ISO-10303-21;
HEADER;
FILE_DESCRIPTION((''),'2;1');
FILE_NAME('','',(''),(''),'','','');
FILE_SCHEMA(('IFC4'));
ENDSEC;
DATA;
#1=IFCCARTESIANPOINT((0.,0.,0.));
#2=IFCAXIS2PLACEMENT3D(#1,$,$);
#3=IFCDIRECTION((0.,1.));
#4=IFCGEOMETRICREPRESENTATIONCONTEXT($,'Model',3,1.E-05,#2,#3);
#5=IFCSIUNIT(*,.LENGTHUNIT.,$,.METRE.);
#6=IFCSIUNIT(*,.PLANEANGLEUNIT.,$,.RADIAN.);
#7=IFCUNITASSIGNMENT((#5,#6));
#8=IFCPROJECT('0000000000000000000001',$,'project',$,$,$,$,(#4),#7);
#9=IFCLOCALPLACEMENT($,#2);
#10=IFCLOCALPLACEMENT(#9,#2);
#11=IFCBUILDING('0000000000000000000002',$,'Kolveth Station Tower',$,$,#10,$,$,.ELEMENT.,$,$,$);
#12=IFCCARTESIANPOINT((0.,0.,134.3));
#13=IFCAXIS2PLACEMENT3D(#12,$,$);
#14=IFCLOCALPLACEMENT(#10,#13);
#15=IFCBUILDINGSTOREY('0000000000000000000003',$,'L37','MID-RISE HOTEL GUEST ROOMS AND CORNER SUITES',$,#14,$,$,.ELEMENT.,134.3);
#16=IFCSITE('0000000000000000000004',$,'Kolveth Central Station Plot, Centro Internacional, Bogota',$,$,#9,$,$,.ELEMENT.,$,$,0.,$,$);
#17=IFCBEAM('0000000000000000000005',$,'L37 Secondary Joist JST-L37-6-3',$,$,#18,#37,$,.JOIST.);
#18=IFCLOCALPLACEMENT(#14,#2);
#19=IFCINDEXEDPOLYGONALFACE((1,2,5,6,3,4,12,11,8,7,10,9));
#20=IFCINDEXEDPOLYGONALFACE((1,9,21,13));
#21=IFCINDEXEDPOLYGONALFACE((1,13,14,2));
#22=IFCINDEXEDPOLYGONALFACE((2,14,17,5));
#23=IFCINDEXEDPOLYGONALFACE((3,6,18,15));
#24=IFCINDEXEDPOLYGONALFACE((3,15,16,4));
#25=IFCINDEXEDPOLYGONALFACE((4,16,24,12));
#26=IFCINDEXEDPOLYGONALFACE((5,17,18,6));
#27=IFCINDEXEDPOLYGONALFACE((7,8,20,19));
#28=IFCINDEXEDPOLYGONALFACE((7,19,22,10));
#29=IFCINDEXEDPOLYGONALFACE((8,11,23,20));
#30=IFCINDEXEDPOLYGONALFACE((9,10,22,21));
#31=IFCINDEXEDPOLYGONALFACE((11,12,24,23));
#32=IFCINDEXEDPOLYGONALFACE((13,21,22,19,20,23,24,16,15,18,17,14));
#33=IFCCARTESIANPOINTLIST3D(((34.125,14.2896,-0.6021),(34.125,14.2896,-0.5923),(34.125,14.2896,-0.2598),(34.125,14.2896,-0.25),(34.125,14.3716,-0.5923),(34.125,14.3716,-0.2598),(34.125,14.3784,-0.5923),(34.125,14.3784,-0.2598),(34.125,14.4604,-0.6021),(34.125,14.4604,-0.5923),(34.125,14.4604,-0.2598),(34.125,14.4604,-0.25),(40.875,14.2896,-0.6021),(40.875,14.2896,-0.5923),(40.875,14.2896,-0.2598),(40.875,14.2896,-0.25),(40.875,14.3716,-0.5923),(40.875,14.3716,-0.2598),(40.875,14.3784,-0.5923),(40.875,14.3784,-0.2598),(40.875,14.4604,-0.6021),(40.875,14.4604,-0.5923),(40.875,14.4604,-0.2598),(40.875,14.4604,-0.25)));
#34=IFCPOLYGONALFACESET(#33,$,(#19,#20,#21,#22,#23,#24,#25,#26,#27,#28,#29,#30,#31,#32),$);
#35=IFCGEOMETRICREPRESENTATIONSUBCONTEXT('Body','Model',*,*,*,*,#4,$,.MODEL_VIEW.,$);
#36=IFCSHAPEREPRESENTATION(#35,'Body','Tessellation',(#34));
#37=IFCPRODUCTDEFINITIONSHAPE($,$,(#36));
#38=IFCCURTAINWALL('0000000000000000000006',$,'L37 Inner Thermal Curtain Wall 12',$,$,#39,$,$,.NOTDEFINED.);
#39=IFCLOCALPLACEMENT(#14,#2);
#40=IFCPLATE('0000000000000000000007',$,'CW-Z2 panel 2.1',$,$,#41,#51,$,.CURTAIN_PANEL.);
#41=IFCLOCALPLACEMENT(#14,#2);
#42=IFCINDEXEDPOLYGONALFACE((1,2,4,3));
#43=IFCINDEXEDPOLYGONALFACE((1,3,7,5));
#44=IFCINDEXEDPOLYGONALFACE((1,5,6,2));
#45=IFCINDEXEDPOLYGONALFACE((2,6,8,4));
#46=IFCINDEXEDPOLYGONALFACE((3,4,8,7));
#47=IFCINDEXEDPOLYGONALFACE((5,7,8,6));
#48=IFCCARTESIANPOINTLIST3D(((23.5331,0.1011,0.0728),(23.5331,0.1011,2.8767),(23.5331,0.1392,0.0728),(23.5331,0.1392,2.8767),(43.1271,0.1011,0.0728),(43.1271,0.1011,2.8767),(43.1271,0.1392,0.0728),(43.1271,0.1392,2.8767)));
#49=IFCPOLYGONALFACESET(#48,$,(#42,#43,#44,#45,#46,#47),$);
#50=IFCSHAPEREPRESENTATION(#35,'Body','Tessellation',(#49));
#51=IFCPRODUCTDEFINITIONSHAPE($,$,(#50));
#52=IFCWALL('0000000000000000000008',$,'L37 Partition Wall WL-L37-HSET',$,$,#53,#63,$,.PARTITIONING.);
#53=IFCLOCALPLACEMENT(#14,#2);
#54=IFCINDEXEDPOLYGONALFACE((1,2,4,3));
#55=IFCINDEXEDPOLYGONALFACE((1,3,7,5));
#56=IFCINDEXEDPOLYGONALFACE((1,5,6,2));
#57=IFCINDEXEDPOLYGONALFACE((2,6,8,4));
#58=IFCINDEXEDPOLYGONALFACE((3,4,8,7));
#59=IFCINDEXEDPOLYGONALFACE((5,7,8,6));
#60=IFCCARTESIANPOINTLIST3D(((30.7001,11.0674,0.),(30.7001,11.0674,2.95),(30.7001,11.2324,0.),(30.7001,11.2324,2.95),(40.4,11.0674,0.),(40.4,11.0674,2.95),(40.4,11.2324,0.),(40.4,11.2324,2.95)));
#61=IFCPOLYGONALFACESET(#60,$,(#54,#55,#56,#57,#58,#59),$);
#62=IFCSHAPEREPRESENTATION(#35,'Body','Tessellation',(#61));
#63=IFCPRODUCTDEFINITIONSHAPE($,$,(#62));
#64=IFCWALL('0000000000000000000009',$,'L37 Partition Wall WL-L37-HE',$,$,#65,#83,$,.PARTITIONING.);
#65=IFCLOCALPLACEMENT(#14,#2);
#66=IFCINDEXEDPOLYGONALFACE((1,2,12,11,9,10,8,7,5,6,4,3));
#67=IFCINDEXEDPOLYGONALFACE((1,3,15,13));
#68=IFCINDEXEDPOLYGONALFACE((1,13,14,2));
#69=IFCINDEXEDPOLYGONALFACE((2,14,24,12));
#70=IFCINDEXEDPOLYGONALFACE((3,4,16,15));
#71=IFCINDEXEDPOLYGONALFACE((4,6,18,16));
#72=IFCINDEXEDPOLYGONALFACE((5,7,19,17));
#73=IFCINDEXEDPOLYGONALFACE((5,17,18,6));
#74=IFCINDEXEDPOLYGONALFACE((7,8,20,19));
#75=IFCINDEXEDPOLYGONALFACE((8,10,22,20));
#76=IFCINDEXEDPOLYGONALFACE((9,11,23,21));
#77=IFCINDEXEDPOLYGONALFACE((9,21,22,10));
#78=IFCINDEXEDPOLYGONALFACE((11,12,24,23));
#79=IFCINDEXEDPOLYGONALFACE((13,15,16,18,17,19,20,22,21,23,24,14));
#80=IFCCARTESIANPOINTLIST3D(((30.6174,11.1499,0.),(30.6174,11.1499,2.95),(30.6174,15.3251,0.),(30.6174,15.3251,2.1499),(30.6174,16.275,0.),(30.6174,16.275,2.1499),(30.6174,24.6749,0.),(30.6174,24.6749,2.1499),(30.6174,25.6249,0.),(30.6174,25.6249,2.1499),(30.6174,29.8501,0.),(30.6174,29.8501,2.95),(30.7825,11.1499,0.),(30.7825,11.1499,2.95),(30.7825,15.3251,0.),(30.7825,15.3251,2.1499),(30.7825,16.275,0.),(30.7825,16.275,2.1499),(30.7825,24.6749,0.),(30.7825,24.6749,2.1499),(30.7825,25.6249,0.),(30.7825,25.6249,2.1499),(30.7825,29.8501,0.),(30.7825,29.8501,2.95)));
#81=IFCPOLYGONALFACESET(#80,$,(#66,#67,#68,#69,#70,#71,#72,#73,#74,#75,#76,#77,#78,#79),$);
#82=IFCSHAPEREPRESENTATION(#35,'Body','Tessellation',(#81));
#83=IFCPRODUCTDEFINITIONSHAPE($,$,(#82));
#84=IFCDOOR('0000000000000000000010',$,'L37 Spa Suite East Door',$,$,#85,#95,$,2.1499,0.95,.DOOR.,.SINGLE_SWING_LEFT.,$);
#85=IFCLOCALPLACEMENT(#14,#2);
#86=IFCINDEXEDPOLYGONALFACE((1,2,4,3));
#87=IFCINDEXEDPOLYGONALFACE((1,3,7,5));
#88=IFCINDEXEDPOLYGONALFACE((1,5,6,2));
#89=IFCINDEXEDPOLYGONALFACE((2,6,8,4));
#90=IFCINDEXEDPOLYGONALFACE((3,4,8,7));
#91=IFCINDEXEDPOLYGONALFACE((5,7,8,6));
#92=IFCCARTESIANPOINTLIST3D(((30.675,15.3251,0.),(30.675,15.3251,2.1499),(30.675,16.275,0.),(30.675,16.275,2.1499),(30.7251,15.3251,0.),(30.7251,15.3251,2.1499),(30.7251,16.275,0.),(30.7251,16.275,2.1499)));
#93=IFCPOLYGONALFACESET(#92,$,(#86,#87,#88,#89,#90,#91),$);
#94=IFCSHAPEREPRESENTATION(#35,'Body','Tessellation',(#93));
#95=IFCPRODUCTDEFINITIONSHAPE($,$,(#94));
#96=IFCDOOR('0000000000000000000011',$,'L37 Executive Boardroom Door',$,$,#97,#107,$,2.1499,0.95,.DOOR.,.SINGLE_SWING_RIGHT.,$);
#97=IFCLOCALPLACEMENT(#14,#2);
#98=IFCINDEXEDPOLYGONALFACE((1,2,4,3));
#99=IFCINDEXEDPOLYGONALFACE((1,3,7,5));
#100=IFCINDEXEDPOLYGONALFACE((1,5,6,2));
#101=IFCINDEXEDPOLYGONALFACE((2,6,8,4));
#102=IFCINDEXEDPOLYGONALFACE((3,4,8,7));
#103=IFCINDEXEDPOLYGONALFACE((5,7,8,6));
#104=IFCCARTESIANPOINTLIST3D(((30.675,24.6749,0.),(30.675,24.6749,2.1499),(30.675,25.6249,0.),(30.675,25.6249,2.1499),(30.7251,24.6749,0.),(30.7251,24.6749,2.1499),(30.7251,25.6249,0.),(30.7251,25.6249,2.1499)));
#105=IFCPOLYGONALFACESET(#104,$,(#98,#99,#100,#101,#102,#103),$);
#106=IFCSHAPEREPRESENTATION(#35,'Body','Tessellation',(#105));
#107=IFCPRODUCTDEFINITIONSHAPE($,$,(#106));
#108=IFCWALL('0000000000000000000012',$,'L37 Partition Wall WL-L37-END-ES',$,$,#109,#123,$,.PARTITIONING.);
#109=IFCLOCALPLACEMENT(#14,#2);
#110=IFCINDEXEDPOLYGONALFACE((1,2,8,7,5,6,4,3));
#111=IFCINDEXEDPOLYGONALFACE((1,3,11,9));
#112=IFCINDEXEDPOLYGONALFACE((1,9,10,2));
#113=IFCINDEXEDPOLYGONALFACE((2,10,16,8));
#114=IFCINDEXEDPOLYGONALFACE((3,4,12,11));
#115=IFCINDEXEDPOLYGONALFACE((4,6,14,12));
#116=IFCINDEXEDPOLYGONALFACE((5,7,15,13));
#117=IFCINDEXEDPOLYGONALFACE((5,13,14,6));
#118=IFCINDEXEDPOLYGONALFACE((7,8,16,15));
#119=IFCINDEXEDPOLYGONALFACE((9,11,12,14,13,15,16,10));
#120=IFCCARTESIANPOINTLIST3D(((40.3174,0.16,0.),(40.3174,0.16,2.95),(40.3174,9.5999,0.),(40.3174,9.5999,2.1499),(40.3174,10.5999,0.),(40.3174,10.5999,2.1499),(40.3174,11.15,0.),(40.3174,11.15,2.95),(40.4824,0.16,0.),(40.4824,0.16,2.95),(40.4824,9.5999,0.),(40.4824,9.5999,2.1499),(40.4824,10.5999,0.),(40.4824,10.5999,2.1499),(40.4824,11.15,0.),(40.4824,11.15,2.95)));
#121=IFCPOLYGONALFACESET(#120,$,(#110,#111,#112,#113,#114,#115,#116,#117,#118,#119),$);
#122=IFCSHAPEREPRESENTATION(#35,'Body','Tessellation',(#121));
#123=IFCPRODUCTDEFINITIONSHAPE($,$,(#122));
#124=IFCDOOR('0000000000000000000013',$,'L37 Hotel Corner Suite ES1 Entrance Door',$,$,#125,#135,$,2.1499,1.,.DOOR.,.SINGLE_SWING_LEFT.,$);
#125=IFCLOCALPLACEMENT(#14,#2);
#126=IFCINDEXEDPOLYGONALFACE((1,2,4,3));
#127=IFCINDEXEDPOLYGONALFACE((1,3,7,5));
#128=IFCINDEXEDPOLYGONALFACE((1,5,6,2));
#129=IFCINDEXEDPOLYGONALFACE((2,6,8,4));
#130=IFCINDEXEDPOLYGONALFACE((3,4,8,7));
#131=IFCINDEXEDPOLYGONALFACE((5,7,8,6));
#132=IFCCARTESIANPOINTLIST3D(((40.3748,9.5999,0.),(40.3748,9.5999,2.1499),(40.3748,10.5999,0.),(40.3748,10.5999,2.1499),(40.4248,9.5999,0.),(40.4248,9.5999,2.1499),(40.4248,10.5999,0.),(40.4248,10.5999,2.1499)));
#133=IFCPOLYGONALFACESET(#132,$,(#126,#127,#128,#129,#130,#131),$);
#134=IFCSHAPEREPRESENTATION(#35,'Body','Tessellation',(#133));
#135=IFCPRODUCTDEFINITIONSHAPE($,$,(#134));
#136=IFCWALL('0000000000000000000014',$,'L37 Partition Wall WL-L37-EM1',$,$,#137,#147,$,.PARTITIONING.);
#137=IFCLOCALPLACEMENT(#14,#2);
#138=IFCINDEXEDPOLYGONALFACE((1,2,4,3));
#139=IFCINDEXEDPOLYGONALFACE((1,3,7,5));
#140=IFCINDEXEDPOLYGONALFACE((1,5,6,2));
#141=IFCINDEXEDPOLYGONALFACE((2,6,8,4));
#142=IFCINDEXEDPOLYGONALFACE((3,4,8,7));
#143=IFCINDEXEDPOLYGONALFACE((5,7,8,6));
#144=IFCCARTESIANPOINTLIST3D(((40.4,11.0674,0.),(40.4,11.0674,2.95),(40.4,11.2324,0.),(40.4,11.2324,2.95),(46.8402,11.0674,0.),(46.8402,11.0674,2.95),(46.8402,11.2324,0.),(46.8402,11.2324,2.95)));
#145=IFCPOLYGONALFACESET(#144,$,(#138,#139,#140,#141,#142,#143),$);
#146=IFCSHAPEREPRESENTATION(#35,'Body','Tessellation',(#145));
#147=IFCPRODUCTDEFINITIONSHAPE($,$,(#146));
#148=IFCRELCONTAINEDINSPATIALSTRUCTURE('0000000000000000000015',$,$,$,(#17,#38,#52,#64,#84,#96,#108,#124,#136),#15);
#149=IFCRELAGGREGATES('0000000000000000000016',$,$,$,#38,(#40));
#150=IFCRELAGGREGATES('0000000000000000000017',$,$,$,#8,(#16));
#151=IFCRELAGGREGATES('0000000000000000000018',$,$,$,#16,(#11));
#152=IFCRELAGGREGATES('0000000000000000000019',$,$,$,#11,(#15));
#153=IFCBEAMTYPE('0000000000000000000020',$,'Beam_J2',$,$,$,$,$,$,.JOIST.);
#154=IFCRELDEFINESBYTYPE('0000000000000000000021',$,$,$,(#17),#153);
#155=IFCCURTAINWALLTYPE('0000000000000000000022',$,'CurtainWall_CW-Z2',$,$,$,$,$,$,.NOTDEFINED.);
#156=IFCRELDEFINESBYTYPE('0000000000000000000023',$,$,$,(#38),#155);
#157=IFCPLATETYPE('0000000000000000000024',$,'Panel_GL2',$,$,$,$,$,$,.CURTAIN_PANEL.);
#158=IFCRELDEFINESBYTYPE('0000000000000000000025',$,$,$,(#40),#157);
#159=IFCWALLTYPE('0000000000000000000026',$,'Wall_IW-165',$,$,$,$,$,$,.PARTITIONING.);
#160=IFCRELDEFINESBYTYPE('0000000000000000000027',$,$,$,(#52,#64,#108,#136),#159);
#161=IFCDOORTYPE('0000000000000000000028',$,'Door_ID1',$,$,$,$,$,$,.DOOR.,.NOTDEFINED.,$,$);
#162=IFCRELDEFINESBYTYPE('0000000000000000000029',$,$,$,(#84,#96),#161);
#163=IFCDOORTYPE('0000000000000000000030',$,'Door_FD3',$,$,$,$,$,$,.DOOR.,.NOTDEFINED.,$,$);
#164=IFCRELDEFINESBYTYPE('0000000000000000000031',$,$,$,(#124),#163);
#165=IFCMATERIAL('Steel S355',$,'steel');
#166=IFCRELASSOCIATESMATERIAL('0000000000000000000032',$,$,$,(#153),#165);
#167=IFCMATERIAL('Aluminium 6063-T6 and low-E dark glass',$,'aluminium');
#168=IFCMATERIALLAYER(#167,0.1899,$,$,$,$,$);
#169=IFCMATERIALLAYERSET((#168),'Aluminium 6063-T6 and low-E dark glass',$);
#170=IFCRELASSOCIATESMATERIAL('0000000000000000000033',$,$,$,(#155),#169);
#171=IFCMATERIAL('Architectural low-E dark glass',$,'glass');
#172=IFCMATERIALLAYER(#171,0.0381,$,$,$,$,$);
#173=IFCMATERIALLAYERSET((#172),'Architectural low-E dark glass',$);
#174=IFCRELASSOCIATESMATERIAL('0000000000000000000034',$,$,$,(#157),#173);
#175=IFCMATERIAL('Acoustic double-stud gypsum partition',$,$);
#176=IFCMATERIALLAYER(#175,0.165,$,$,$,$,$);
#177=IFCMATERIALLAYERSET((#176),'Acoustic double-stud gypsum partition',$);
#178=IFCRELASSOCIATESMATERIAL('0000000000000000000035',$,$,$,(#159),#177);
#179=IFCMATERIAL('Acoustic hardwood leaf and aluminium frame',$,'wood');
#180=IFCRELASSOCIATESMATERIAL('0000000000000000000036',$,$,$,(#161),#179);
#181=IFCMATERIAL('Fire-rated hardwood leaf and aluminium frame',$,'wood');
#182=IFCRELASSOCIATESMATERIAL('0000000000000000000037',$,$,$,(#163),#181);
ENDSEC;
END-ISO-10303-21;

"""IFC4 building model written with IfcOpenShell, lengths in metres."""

from ifc_helpers import new_model, si_unit, direction, frame, frame_2d, origin, origin_2d, place, context, subcontext, project, spatial, rectangle, i_section, extrude, source, transform, mapped, material, layer, layer_set, material_profile, profile_set, type_object, element, fill, aggregate, save


model = new_model("IFC4")

# Units and contexts
model_context = context("Model", 3, precision=1e-05, world=origin(), true_north=direction((0.0, 1.0)))
body_context = subcontext(model_context, "Body", "Model", "MODEL_VIEW")
ifc_project = project(units=[si_unit("LENGTHUNIT", "METRE"), si_unit("PLANEANGLEUNIT", "RADIAN")], contexts=[model_context])

# Site, building, storey
site_placement = place(None, origin())
site = spatial("IfcSite", under=ifc_project, at=site_placement, Name="Kolveth Central Station Plot, Centro Internacional, Bogota", CompositionType="ELEMENT", RefElevation=0.0)
building_placement = place(site_placement, origin())
building = spatial("IfcBuilding", under=site, at=building_placement, Name="Kolveth Station Tower", CompositionType="ELEMENT")
storey_placement = place(building_placement, frame((0.0, 0.0, 134.3)))
storey = spatial("IfcBuildingStorey", under=building, at=storey_placement, Name="L37", Description="MID-RISE HOTEL GUEST ROOMS AND CORNER SUITES", CompositionType="ELEMENT", Elevation=134.3)

# Beam
ifc_material_1 = material(Name="Steel S355", Category="steel")
ifc_material_profile_1 = material_profile(ifc_material_1, i_section(OverallWidth=0.1709, OverallDepth=0.3521, WebThickness=0.0068, FlangeThickness=0.0098, at=origin_2d()), Name="W360x44")
ifc_profile_set_1 = profile_set([ifc_material_profile_1], Name="Steel S355")
beam_type_1 = type_object("IfcBeamType", Name="Beam_J2", PredefinedType="JOIST", material=ifc_profile_set_1)
shared_shape_1 = source(origin(), body_context, "Body", "SweptSolid", [
    extrude(i_section(OverallWidth=0.1709, OverallDepth=0.3521, WebThickness=0.0068, FlangeThickness=0.0098, at=origin_2d()), origin(), (0.0, 0.0, 1.0), 6.75),
])
for number, where, z_axis, x_axis, name in (
    (1, (34.125, 14.375, -0.426), (1.0, 0.0, 0.0), (0.0, 1.0, 0.0), "L37 Secondary Joist JST-L37-6-3"),
):
    element("IfcBeam", number, at=place(storey_placement, frame(where, z_axis=z_axis, x_axis=x_axis)), inside=storey, type_object=beam_type_1, Name=name, PredefinedType="JOIST", context=body_context, shape_type="MappedRepresentation", body=[
        mapped(shared_shape_1, transform((0.0, 0.0, 0.0), x_axis=(1.0, 0.0, 0.0), y_axis=(0.0, 1.0, 0.0), z_axis=(0.0, 0.0, 1.0), scale=1.0)),
    ])

# Curtain wall, plate
ifc_material_2 = material(Name="Aluminium 6063-T6 and low-E dark glass", Category="aluminium")
ifc_layer_1 = layer(ifc_material_2, 0.1899)
ifc_layer_set_1 = layer_set([ifc_layer_1], Name="Aluminium 6063-T6 and low-E dark glass")
curtain_wall_type = type_object("IfcCurtainWallType", Name="CurtainWall_CW-Z2", PredefinedType="NOTDEFINED", material=ifc_layer_set_1)
curtain_wall_placement = place(storey_placement, origin())
curtain_wall = element("IfcCurtainWall", 2, at=curtain_wall_placement, inside=storey, type_object=curtain_wall_type, Name="L37 Inner Thermal Curtain Wall 12", PredefinedType="NOTDEFINED")
ifc_material_3 = material(Name="Architectural low-E dark glass", Category="glass")
ifc_layer_2 = layer(ifc_material_3, 0.0381)
ifc_layer_set_2 = layer_set([ifc_layer_2], Name="Architectural low-E dark glass")
plate_type = type_object("IfcPlateType", Name="Panel_GL2", PredefinedType="CURTAIN_PANEL", material=ifc_layer_set_2)
shared_shape_2 = source(origin(), body_context, "Body", "SweptSolid", [
    extrude(rectangle(XDim=19.594, YDim=0.0381, at=origin_2d()), origin(), (0.0, 0.0, 1.0), 2.804),
])
plate_placement = place(storey_placement, frame((33.3301, 0.1201, 0.0728), z_axis=(0.0, 0.0, 1.0), x_axis=(1.0, 0.0, 0.0)))
plate = element("IfcPlate", 3, at=plate_placement, type_object=plate_type, Name="CW-Z2 panel 2.1", PredefinedType="CURTAIN_PANEL", context=body_context, shape_type="MappedRepresentation", body=[
    mapped(shared_shape_2, transform((0.0, 0.0, 0.0), x_axis=(1.0, 0.0, 0.0), y_axis=(0.0, 1.0, 0.0), z_axis=(0.0, 0.0, 1.0), scale=1.0)),
])
aggregate(curtain_wall, [plate])

# Wall
ifc_material_4 = material(Name="Acoustic double-stud gypsum partition")
ifc_layer_3 = layer(ifc_material_4, 0.165)
ifc_layer_set_3 = layer_set([ifc_layer_3], Name="Acoustic double-stud gypsum partition")
wall_type = type_object("IfcWallType", Name="Wall_IW-165", PredefinedType="PARTITIONING", material=ifc_layer_set_3)
wall_1_placement = place(storey_placement, frame((30.7, 11.1499, 0.0), z_axis=(0.0, 0.0, 1.0), x_axis=(1.0, 0.0, 0.0)))
element("IfcWall", 4, at=wall_1_placement, inside=storey, type_object=wall_type, Name="L37 Partition Wall WL-L37-HSET", PredefinedType="PARTITIONING", context=body_context, shape_type="SweptSolid", body=[
    extrude(rectangle(XDim=9.7, YDim=0.165, at=frame_2d((4.8501, 0.0))), origin(), (0.0, 0.0, 1.0), 2.95),
])

# Wall, openings, doors
wall_2_placement = place(storey_placement, frame((30.7, 11.1499, 0.0), z_axis=(0.0, 0.0, 1.0), x_axis=(0.0, 1.0, 0.0)))
wall_2 = element("IfcWall", 5, at=wall_2_placement, inside=storey, type_object=wall_type, Name="L37 Partition Wall WL-L37-HE", PredefinedType="PARTITIONING", context=body_context, shape_type="SweptSolid", body=[
    extrude(rectangle(XDim=18.7002, YDim=0.165, at=frame_2d((9.3501, 0.0))), origin(), (0.0, 0.0, 1.0), 2.95),
])
opening_1_placement = place(wall_2_placement, frame((4.175, 0.0, 0.0)))
opening_1 = element("IfcOpeningElement", 6, at=opening_1_placement, cuts=wall_2, PredefinedType="OPENING", context=body_context, shape_type="SweptSolid", body=[
    extrude(rectangle(XDim=0.95, YDim=2.1499, at=frame_2d((0.4751, 1.075))), frame((0.0, 0.0925, 0.0), z_axis=(0.0, -1.0, 0.0), x_axis=(1.0, 0.0, 0.0)), (0.0, 0.0, 1.0), 0.1851),
])
opening_2_placement = place(wall_2_placement, frame((13.5249, 0.0, 0.0)))
opening_2 = element("IfcOpeningElement", 7, at=opening_2_placement, cuts=wall_2, PredefinedType="OPENING", context=body_context, shape_type="SweptSolid", body=[
    extrude(rectangle(XDim=0.95, YDim=2.1499, at=frame_2d((0.4751, 1.075))), frame((0.0, 0.0925, 0.0), z_axis=(0.0, -1.0, 0.0), x_axis=(1.0, 0.0, 0.0)), (0.0, 0.0, 1.0), 0.1851),
])
ifc_material_5 = material(Name="Acoustic hardwood leaf and aluminium frame", Category="wood")
door_type_1 = type_object("IfcDoorType", Name="Door_ID1", OperationType="NOTDEFINED", PredefinedType="DOOR", material=ifc_material_5)
door_1_placement = place(opening_1_placement, origin())
door_1 = element("IfcDoor", 8, at=door_1_placement, inside=storey, type_object=door_type_1, Name="L37 Spa Suite East Door", OperationType="SINGLE_SWING_LEFT", OverallHeight=2.1499, OverallWidth=0.95, PredefinedType="DOOR", context=body_context, shape_type="SweptSolid", body=[
    extrude(rectangle(XDim=0.95, YDim=2.1499, at=frame_2d((0.4751, 1.075))), frame((0.0, 0.0249, 0.0), z_axis=(0.0, -1.0, 0.0), x_axis=(1.0, 0.0, 0.0)), (0.0, 0.0, 1.0), 0.05),
])
fill(opening_1, door_1)
door_2_placement = place(opening_2_placement, origin())
door_2 = element("IfcDoor", 9, at=door_2_placement, inside=storey, type_object=door_type_1, Name="L37 Executive Boardroom Door", OperationType="SINGLE_SWING_RIGHT", OverallHeight=2.1499, OverallWidth=0.95, PredefinedType="DOOR", context=body_context, shape_type="SweptSolid", body=[
    extrude(rectangle(XDim=0.95, YDim=2.1499, at=frame_2d((0.4751, 1.075))), frame((0.0, 0.0249, 0.0), z_axis=(0.0, -1.0, 0.0), x_axis=(1.0, 0.0, 0.0)), (0.0, 0.0, 1.0), 0.05),
])
fill(opening_2, door_2)

# Wall, opening, door
wall_3_placement = place(storey_placement, frame((40.3999, 0.1599, 0.0), z_axis=(0.0, 0.0, 1.0), x_axis=(0.0, 1.0, 0.0)))
wall_3 = element("IfcWall", 10, at=wall_3_placement, inside=storey, type_object=wall_type, Name="L37 Partition Wall WL-L37-END-ES", PredefinedType="PARTITIONING", context=body_context, shape_type="SweptSolid", body=[
    extrude(rectangle(XDim=10.99, YDim=0.165, at=frame_2d((5.4951, 0.0))), origin(), (0.0, 0.0, 1.0), 2.95),
])
opening_3_placement = place(wall_3_placement, frame((9.4399, 0.0, 0.0)))
opening_3 = element("IfcOpeningElement", 11, at=opening_3_placement, cuts=wall_3, PredefinedType="OPENING", context=body_context, shape_type="SweptSolid", body=[
    extrude(rectangle(XDim=1.0, YDim=2.1499, at=frame_2d((0.5, 1.075))), frame((0.0, 0.0925, 0.0), z_axis=(0.0, -1.0, 0.0), x_axis=(1.0, 0.0, 0.0)), (0.0, 0.0, 1.0), 0.1851),
])
ifc_material_6 = material(Name="Fire-rated hardwood leaf and aluminium frame", Category="wood")
door_type_2 = type_object("IfcDoorType", Name="Door_FD3", OperationType="NOTDEFINED", PredefinedType="DOOR", material=ifc_material_6)
door_3_placement = place(opening_3_placement, frame((1.0, 0.0, 0.0), z_axis=(0.0, 0.0, 1.0), x_axis=(-1.0, 0.0, 0.0)))
door_3 = element("IfcDoor", 12, at=door_3_placement, inside=storey, type_object=door_type_2, Name="L37 Hotel Corner Suite ES1 Entrance Door", OperationType="SINGLE_SWING_LEFT", OverallHeight=2.1499, OverallWidth=1.0, PredefinedType="DOOR", context=body_context, shape_type="SweptSolid", body=[
    extrude(rectangle(XDim=1.0, YDim=2.1499, at=frame_2d((0.5, 1.075))), frame((0.0, 0.0249, 0.0), z_axis=(0.0, -1.0, 0.0), x_axis=(1.0, 0.0, 0.0)), (0.0, 0.0, 1.0), 0.05),
])
fill(opening_3, door_3)

# Wall
wall_4_placement = place(storey_placement, frame((40.3999, 11.1499, 0.0), z_axis=(0.0, 0.0, 1.0), x_axis=(1.0, 0.0, 0.0)))
element("IfcWall", 13, at=wall_4_placement, inside=storey, type_object=wall_type, Name="L37 Partition Wall WL-L37-EM1", PredefinedType="PARTITIONING", context=body_context, shape_type="SweptSolid", body=[
    extrude(rectangle(XDim=6.4402, YDim=0.165, at=frame_2d((3.2202, 0.0))), origin(), (0.0, 0.0, 1.0), 2.95),
])

save(model, "model.ifc")
